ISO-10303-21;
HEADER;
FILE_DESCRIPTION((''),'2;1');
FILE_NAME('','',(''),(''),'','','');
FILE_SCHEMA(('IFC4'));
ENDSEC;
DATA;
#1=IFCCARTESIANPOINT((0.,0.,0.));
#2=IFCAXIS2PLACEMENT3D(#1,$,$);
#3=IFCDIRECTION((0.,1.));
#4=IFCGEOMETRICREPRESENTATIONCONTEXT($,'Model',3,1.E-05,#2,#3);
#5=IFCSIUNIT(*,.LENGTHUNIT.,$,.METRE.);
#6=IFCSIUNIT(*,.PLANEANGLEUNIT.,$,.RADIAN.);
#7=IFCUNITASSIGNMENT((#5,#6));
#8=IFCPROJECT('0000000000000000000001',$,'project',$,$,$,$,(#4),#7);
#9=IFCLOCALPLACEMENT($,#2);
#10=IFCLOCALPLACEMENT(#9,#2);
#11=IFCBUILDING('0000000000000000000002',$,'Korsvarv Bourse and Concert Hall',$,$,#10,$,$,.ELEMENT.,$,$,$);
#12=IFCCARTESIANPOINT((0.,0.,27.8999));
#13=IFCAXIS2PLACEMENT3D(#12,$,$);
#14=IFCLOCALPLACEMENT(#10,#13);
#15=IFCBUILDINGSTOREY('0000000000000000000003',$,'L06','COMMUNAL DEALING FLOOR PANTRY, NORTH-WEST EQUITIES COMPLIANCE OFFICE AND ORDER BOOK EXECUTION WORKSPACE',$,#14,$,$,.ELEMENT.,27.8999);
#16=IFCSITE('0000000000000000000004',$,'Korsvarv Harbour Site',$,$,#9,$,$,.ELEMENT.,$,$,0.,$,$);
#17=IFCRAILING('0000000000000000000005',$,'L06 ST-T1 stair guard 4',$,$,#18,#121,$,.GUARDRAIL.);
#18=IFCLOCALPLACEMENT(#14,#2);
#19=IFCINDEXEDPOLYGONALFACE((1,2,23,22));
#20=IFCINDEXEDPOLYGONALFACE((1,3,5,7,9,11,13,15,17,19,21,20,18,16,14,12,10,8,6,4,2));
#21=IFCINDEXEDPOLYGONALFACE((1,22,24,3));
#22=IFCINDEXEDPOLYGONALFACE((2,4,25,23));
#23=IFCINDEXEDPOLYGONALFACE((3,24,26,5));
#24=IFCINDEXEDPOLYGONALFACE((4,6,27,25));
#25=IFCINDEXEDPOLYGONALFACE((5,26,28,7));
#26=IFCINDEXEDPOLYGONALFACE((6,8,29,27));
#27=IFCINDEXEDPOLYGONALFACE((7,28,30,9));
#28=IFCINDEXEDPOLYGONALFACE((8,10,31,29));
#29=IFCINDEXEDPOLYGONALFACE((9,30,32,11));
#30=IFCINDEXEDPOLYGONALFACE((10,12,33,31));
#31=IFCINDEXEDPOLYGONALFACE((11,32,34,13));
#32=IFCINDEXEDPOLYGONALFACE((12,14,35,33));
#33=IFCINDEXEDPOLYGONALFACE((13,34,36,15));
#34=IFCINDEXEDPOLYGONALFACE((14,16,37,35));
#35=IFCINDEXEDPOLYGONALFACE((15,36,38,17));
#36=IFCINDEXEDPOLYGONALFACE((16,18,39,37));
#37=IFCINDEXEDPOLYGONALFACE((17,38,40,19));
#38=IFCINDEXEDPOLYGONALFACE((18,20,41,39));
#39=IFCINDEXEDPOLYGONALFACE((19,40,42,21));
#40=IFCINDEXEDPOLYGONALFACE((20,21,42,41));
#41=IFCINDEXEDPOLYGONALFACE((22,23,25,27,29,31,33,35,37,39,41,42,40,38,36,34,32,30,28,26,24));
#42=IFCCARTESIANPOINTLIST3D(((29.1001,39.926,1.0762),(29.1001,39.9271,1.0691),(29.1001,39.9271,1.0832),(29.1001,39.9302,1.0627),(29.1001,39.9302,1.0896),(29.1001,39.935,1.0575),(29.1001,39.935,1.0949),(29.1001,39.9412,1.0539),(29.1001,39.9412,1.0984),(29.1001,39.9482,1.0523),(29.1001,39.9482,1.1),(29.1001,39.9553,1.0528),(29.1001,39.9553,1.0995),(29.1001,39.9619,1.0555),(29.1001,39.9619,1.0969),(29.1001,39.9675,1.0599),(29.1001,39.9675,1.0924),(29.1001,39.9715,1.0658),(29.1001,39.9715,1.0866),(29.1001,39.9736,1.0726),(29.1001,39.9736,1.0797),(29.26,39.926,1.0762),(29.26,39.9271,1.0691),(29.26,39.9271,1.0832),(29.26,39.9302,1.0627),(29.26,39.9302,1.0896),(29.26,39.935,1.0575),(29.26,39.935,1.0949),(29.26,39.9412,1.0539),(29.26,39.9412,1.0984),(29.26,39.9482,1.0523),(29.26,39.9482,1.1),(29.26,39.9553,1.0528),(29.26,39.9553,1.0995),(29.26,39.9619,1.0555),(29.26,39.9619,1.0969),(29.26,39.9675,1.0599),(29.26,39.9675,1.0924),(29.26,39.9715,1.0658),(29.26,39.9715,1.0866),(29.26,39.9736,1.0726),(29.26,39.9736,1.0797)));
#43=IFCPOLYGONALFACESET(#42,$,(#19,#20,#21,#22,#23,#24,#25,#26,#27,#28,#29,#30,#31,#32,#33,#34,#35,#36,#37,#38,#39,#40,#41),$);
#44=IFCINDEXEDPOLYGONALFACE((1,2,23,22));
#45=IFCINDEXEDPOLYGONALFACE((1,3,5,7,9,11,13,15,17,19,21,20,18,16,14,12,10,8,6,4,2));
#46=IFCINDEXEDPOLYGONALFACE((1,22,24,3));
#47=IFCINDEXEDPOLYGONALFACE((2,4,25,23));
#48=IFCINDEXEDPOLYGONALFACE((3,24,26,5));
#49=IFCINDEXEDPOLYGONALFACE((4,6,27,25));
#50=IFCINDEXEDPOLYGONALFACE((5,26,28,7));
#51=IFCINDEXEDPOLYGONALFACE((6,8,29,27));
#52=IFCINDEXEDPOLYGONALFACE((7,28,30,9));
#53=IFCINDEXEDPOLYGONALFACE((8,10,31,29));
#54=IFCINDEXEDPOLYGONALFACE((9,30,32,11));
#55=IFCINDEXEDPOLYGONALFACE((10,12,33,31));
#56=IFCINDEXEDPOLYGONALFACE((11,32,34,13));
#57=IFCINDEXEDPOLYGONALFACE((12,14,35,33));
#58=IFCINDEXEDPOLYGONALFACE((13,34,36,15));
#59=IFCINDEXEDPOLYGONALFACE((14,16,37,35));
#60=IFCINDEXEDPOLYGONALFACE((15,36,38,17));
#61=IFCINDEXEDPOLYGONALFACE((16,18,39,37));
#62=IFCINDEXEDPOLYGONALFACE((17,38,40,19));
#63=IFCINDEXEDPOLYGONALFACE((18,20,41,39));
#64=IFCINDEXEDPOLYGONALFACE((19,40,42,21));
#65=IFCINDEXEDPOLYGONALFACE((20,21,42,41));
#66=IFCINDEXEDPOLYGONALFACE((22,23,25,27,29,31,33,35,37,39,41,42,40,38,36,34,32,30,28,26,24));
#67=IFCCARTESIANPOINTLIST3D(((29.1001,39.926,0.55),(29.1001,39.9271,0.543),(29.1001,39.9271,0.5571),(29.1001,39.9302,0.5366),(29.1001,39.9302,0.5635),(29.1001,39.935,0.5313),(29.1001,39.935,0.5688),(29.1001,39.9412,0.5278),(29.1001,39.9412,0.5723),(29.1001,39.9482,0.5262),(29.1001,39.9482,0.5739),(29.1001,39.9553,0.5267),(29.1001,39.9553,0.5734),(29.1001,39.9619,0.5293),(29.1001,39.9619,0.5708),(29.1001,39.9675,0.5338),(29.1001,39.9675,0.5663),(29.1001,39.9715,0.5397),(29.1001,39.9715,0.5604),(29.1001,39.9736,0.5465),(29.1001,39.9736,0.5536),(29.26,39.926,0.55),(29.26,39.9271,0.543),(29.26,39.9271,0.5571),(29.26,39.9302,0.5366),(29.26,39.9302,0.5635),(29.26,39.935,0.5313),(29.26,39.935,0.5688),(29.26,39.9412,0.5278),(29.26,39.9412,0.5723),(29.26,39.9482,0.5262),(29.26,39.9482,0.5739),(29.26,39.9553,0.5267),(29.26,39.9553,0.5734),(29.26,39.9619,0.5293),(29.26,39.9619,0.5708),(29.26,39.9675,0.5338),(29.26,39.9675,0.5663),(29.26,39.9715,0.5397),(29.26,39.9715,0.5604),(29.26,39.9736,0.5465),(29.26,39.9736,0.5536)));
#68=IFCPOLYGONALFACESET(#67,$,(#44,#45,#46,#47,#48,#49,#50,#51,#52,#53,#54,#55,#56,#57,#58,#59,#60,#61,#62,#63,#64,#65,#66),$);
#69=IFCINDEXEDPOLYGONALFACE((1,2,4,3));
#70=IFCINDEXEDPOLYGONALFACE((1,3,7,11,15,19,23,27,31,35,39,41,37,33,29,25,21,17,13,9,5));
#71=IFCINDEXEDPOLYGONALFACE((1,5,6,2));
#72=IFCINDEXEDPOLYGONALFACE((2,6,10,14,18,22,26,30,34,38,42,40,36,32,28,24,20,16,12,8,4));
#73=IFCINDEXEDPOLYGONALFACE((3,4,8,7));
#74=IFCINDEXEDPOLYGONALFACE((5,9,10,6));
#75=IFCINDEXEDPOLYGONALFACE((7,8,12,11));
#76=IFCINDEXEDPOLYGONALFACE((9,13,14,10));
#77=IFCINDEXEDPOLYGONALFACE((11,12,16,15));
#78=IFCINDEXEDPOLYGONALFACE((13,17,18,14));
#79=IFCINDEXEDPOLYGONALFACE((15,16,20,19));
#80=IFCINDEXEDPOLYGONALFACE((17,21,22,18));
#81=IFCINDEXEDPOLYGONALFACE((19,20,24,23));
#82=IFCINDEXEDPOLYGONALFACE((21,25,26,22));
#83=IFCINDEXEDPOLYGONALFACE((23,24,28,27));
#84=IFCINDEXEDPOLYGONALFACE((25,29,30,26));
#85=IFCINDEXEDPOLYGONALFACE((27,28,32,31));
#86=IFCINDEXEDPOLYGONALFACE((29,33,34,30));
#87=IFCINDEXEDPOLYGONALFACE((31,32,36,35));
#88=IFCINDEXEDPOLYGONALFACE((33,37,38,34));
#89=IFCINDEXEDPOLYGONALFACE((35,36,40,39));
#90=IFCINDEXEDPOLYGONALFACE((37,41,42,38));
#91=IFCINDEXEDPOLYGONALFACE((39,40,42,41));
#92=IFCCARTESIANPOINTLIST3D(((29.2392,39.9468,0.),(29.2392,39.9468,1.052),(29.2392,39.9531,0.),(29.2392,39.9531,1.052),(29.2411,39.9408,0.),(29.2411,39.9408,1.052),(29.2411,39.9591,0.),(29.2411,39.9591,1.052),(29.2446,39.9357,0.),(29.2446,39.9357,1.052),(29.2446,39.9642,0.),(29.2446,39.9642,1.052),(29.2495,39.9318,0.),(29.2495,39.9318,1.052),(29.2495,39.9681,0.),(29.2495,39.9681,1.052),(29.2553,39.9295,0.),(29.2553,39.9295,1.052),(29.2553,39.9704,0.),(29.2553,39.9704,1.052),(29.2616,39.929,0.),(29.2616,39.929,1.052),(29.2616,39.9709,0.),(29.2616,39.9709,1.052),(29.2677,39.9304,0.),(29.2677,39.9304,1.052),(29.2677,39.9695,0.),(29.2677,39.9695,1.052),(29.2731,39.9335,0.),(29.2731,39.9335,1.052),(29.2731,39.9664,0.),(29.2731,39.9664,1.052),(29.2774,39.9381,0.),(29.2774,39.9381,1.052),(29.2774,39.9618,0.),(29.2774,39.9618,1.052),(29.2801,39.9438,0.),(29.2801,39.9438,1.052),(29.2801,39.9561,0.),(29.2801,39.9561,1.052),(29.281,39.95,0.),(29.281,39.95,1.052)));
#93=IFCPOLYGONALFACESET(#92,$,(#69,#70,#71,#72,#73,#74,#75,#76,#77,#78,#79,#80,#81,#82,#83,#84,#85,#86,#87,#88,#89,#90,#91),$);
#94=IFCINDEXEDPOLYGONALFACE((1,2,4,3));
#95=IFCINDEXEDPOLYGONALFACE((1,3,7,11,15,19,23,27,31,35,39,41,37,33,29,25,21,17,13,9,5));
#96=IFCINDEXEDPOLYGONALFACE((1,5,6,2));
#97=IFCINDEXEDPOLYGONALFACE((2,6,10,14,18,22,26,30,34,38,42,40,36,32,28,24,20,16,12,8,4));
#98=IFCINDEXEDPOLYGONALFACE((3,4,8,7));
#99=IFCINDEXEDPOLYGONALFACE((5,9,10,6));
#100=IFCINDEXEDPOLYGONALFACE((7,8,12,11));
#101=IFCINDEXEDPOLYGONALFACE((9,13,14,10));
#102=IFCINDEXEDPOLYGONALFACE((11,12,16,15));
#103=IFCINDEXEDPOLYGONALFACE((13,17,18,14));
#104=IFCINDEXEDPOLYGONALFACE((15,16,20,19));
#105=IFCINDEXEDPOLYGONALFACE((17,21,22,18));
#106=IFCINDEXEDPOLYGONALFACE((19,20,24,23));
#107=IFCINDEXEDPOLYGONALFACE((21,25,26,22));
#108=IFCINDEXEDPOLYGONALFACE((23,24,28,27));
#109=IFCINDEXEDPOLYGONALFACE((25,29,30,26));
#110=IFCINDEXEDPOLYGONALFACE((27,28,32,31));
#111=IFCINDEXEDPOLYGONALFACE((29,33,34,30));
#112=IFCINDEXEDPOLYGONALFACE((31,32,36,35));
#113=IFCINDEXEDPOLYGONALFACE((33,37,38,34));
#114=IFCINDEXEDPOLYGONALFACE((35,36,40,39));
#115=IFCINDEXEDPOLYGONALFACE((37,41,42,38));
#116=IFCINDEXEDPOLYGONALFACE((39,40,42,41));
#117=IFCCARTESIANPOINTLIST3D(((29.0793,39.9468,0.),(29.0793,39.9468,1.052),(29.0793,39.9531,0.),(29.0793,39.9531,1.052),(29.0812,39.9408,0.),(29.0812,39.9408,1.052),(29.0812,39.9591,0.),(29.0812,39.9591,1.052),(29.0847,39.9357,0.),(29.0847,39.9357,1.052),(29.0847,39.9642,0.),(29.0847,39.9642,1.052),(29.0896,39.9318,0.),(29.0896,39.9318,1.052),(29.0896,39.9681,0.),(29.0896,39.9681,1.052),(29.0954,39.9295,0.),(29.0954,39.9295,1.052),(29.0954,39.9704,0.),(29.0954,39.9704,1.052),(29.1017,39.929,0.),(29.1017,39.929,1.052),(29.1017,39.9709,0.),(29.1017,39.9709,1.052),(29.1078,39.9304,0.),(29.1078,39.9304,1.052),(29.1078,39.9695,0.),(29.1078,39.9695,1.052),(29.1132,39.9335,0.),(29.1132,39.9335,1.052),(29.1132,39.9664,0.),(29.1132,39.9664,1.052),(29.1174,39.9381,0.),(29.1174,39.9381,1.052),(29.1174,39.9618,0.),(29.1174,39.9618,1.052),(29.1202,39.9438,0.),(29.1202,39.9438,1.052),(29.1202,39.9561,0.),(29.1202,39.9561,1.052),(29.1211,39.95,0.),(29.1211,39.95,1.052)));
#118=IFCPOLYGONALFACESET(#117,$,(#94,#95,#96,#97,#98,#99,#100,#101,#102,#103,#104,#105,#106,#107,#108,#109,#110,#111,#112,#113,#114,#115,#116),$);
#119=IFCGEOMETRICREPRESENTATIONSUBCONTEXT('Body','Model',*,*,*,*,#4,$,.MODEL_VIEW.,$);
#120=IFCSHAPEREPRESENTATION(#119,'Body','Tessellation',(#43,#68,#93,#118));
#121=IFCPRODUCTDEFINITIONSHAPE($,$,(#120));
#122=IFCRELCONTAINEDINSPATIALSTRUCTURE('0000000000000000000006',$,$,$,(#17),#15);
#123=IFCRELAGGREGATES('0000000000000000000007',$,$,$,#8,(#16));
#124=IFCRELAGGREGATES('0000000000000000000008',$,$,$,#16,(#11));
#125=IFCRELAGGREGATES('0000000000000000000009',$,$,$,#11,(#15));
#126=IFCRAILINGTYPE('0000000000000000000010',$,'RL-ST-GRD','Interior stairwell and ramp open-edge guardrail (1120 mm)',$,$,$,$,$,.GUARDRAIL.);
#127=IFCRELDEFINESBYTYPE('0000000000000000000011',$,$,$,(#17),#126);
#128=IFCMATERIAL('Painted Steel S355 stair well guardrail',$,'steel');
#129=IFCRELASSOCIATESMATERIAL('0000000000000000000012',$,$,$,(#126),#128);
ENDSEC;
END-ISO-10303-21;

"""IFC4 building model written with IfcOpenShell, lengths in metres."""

from ifc_helpers import new_model, si_unit, direction, frame, origin, origin_2d, place, context, subcontext, project, spatial, circle, extrude, material, type_object, element, save


model = new_model("IFC4")

# Units and contexts
model_context = context("Model", 3, precision=1e-05, world=origin(), true_north=direction((0.0, 1.0)))
body_context = subcontext(model_context, "Body", "Model", "MODEL_VIEW")
ifc_project = project(units=[si_unit("LENGTHUNIT", "METRE"), si_unit("PLANEANGLEUNIT", "RADIAN")], contexts=[model_context])

# Site, building, storey
site_placement = place(None, origin())
site = spatial("IfcSite", under=ifc_project, at=site_placement, Name="Korsvarv Harbour Site", CompositionType="ELEMENT", RefElevation=0.0)
building_placement = place(site_placement, origin())
building = spatial("IfcBuilding", under=site, at=building_placement, Name="Korsvarv Bourse and Concert Hall", CompositionType="ELEMENT")
storey_placement = place(building_placement, frame((0.0, 0.0, 27.8999)))
storey = spatial("IfcBuildingStorey", under=building, at=storey_placement, Name="L06", Description="COMMUNAL DEALING FLOOR PANTRY, NORTH-WEST EQUITIES COMPLIANCE OFFICE AND ORDER BOOK EXECUTION WORKSPACE", CompositionType="ELEMENT", Elevation=27.8999)

# Railing
ifc_material_1 = material(Name="Painted Steel S355 stair well guardrail", Category="steel")
railing_type_1 = type_object("IfcRailingType", Name="RL-ST-GRD", Description="Interior stairwell and ramp open-edge guardrail (1120 mm)", PredefinedType="GUARDRAIL", material=ifc_material_1)
railing_1_placement = place(storey_placement, frame((29.26, 39.95, 0.0)))
element("IfcRailing", 1, at=railing_1_placement, inside=storey, type_object=railing_type_1, Name="L06 ST-T1 stair guard 4", PredefinedType="GUARDRAIL", context=body_context, shape_type="SweptSolid", body=[
    extrude(circle(Radius=0.0239, at=origin_2d()), frame((0.0, 0.0, 1.0762), z_axis=(-1.0, 0.0, 0.0), x_axis=(0.0, -1.0, 0.0)), (0.0, 0.0, 1.0), 0.1599),
    extrude(circle(Radius=0.0239, at=origin_2d()), frame((0.0, 0.0, 0.55), z_axis=(-1.0, 0.0, 0.0), x_axis=(0.0, -1.0, 0.0)), (0.0, 0.0, 1.0), 0.1599),
    extrude(circle(Radius=0.021, at=origin_2d()), origin(), (0.0, 0.0, 1.0), 1.052),
    extrude(circle(Radius=0.021, at=origin_2d()), frame((-0.1599, 0.0, 0.0)), (0.0, 0.0, 1.0), 1.052),
])

save(model, "model.ifc")
